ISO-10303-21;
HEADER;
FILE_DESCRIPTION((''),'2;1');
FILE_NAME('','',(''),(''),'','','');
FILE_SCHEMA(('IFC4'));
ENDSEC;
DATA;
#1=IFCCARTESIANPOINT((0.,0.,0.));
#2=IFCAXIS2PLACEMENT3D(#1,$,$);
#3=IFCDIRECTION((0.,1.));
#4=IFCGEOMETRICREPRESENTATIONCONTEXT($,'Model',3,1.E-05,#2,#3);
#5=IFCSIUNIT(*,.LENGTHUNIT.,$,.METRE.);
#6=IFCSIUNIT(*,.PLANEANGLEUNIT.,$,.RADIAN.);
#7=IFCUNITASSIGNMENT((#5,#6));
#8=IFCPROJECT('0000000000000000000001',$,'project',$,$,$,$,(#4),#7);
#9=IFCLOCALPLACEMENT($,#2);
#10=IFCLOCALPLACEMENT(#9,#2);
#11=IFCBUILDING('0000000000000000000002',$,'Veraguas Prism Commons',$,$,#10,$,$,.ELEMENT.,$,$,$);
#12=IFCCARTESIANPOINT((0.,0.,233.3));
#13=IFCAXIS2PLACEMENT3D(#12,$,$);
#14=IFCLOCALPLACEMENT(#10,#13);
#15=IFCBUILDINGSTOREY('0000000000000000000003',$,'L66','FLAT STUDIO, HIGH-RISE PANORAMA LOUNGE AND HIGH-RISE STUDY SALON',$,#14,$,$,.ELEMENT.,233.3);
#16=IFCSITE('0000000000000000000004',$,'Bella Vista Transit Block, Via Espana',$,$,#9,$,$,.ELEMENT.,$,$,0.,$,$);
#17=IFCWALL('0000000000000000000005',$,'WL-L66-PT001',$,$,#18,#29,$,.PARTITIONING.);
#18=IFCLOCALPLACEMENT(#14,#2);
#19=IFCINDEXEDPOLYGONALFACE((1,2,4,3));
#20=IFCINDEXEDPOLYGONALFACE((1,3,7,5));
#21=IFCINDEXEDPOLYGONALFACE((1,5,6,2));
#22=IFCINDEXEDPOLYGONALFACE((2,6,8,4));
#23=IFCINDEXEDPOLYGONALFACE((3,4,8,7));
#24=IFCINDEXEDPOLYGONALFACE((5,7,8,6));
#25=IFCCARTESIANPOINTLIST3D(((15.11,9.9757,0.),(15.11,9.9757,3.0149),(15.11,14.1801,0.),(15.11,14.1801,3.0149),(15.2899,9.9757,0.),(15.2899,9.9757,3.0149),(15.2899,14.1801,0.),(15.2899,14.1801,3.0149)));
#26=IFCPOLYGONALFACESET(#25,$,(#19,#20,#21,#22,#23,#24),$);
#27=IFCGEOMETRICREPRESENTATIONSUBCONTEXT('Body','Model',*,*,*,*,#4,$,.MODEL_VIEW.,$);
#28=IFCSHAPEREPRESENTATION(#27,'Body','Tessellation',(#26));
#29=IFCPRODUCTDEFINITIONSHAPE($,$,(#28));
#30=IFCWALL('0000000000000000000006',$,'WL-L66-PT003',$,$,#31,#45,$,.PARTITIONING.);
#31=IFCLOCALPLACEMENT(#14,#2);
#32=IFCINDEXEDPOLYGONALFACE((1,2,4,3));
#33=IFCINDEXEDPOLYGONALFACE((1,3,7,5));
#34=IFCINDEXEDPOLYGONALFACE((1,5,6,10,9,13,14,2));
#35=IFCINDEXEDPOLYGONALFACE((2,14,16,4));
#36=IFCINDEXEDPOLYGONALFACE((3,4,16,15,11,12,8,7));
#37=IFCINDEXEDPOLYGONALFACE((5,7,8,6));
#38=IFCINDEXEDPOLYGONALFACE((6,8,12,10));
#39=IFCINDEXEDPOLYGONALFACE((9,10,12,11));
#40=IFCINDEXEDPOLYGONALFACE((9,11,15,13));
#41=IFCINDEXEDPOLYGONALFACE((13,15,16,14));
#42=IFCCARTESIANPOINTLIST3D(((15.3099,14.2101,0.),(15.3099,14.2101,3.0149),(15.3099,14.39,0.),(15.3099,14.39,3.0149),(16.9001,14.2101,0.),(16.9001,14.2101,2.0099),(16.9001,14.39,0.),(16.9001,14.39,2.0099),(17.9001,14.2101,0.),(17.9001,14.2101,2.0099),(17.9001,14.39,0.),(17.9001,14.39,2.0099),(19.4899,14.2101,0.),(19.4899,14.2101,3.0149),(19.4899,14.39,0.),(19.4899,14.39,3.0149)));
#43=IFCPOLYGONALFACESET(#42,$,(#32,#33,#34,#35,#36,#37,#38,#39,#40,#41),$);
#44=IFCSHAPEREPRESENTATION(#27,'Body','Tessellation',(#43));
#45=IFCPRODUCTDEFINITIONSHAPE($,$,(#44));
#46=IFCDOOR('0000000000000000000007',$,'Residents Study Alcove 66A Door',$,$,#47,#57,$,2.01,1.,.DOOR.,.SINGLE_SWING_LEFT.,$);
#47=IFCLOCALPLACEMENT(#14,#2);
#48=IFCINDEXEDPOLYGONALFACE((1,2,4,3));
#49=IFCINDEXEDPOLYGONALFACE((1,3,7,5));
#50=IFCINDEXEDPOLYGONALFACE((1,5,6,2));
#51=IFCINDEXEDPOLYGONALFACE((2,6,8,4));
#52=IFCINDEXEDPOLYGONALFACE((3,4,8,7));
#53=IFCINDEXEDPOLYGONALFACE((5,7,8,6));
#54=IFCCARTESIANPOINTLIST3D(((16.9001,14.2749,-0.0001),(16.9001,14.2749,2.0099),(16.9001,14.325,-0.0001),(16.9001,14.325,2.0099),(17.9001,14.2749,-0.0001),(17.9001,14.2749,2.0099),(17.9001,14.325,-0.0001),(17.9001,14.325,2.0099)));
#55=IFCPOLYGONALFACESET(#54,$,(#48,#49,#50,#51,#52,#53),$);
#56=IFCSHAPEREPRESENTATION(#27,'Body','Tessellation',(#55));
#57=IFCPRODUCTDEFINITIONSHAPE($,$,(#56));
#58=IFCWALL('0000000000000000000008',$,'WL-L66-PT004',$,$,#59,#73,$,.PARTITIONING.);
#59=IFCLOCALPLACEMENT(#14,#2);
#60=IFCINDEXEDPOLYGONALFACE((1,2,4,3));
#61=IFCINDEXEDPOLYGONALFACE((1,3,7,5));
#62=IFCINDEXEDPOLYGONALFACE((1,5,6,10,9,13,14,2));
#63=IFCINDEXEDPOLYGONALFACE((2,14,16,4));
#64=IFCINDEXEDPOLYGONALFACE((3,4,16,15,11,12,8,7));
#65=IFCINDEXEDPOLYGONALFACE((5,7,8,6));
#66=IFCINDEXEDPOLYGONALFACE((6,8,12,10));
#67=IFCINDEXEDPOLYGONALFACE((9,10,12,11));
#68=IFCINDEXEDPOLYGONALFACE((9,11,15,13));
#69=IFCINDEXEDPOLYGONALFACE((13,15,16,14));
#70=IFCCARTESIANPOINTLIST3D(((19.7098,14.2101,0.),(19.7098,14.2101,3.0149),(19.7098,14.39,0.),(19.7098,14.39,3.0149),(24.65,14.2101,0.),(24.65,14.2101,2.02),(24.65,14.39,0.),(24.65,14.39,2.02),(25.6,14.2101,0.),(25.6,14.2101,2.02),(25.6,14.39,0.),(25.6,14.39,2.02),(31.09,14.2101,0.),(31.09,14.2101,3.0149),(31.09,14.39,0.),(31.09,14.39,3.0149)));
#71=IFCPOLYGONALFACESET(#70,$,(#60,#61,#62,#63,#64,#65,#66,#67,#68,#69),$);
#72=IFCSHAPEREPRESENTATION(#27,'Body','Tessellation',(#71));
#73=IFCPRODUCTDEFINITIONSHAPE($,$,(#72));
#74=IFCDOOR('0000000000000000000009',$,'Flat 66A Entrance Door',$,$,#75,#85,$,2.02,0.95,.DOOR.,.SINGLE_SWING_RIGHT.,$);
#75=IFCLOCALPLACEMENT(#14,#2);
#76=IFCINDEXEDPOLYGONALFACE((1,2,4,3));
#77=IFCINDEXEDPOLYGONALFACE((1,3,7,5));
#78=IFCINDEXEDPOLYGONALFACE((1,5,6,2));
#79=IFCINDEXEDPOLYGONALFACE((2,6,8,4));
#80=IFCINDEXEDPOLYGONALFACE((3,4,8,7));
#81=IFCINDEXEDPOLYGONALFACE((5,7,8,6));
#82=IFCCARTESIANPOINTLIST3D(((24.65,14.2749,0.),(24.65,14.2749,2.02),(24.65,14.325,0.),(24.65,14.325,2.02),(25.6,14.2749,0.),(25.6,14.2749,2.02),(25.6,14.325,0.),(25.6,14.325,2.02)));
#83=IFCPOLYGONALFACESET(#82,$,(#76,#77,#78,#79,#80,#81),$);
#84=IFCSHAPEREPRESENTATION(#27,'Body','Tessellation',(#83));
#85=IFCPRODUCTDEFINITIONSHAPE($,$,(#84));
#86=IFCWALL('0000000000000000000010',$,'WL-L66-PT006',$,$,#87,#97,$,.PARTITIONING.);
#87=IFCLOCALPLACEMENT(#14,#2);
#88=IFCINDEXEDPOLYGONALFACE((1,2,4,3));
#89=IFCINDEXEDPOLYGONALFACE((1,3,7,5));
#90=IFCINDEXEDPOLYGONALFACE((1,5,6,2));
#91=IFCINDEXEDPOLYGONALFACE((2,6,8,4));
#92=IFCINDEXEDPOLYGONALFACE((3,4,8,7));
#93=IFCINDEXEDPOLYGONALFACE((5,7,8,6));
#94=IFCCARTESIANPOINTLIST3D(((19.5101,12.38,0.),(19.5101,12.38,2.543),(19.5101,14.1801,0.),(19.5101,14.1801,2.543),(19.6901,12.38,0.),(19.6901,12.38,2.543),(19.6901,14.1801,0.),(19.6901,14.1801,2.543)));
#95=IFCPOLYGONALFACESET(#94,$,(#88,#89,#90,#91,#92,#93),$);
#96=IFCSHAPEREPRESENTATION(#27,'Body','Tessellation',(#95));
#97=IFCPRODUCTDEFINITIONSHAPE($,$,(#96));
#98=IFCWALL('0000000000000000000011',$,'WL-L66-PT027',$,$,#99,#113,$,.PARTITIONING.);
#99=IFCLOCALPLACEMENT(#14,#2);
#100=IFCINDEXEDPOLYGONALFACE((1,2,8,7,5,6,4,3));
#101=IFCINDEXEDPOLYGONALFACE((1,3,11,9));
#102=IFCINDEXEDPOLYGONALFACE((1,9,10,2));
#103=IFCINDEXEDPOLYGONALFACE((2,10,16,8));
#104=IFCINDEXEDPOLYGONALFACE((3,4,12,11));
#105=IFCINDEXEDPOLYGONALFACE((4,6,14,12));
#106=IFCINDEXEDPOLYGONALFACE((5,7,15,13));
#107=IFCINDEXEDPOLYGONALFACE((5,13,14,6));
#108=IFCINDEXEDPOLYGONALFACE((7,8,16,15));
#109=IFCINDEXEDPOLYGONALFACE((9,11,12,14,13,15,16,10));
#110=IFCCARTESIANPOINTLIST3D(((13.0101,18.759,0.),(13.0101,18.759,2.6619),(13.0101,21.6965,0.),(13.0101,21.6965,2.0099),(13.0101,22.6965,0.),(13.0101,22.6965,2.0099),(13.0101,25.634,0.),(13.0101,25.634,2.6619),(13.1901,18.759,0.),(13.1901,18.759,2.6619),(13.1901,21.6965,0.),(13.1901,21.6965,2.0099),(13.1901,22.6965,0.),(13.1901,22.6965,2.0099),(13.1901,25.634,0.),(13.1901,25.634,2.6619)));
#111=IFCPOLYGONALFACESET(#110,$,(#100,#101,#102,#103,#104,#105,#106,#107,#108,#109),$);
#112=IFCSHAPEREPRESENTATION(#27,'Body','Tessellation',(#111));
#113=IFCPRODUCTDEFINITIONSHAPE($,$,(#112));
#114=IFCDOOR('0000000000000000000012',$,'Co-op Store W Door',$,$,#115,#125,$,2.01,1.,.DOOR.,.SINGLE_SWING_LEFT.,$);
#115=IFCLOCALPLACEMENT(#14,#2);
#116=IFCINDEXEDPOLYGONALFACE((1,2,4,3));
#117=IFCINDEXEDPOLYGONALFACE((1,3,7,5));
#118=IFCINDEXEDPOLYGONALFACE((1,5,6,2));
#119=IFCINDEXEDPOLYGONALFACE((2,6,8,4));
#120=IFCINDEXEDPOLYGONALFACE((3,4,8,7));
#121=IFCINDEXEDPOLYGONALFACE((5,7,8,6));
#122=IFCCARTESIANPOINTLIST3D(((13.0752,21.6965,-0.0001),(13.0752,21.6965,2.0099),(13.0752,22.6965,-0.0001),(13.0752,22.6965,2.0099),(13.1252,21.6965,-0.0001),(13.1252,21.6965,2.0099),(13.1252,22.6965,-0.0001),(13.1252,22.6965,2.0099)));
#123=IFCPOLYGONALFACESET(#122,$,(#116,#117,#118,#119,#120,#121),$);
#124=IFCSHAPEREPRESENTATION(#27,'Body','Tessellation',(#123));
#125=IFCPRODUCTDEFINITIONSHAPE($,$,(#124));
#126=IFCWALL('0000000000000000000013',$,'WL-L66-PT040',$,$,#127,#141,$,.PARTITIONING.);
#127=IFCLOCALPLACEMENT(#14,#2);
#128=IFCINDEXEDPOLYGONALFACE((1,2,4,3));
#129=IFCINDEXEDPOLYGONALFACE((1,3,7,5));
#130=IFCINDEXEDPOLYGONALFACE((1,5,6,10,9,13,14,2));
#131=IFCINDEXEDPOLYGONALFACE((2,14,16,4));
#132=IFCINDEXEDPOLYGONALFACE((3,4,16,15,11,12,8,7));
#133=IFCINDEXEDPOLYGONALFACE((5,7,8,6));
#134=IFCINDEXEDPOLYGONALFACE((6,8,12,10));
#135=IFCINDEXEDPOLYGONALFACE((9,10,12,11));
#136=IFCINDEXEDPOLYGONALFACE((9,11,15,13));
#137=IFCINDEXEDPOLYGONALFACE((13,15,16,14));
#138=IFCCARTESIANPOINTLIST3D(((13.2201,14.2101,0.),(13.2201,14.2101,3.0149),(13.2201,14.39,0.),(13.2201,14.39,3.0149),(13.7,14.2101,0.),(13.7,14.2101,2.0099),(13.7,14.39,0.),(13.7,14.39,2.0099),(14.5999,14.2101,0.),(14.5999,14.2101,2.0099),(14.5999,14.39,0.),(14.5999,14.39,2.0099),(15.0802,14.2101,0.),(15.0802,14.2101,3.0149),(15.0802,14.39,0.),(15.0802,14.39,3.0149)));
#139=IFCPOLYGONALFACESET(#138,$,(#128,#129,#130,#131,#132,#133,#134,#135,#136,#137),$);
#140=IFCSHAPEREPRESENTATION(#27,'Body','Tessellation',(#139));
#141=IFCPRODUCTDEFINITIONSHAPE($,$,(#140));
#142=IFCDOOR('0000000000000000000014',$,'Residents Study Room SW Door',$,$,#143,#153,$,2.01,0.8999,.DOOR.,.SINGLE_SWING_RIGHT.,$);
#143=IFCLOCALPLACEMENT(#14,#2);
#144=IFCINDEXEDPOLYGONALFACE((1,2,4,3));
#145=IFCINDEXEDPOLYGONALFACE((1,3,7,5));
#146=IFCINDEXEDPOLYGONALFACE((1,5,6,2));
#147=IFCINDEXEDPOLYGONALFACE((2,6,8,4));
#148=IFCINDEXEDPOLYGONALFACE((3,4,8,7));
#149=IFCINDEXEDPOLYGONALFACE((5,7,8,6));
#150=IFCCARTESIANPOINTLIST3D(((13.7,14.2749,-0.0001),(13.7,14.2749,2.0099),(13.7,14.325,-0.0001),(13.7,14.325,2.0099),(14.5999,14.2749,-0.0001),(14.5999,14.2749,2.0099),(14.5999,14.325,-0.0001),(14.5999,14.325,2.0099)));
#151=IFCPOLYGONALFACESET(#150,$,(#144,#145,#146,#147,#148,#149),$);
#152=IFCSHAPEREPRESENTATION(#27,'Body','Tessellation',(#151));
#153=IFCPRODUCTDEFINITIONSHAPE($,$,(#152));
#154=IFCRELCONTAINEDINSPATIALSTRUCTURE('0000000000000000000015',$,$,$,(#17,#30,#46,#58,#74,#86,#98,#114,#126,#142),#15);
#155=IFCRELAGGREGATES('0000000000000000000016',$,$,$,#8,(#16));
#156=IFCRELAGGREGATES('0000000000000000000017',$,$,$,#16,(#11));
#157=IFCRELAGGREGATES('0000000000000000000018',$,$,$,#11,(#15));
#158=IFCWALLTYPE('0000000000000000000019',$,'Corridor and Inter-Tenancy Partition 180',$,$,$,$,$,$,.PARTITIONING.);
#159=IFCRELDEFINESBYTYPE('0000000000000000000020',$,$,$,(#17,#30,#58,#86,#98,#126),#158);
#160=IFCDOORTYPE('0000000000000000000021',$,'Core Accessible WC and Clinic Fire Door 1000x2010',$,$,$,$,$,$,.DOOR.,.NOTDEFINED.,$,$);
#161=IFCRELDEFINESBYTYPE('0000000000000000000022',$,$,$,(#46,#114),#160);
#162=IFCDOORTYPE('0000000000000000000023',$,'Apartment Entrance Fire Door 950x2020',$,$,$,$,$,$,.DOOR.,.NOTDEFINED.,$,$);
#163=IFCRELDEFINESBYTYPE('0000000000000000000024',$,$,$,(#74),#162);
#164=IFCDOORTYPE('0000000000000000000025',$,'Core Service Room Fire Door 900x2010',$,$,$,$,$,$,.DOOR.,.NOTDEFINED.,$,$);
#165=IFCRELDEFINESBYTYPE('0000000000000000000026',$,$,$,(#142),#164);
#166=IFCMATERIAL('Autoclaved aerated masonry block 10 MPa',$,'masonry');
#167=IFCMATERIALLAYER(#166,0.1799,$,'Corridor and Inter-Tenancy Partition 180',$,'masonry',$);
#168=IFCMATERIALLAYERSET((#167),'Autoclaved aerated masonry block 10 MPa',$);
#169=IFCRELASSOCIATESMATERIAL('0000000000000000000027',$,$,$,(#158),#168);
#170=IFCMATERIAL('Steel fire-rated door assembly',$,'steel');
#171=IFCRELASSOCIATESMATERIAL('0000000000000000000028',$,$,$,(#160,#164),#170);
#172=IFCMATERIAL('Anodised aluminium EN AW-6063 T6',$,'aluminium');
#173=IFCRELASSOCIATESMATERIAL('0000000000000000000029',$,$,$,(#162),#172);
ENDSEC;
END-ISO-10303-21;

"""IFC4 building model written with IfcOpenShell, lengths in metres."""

from ifc_helpers import new_model, si_unit, direction, frame, frame_2d, origin, place, context, subcontext, project, spatial, rectangle, extrude, source, transform, mapped, material, layer, layer_set, type_object, element, fill, save


model = new_model("IFC4")

# Units and contexts
model_context = context("Model", 3, precision=1e-05, world=origin(), true_north=direction((0.0, 1.0)))
body_context = subcontext(model_context, "Body", "Model", "MODEL_VIEW")
ifc_project = project(units=[si_unit("LENGTHUNIT", "METRE"), si_unit("PLANEANGLEUNIT", "RADIAN")], contexts=[model_context])

# Site, building, storey
site_placement = place(None, origin())
site = spatial("IfcSite", under=ifc_project, at=site_placement, Name="Bella Vista Transit Block, Via Espana", CompositionType="ELEMENT", RefElevation=0.0)
building_placement = place(site_placement, origin())
building = spatial("IfcBuilding", under=site, at=building_placement, Name="Veraguas Prism Commons", CompositionType="ELEMENT")
storey_placement = place(building_placement, frame((0.0, 0.0, 233.3)))
storey = spatial("IfcBuildingStorey", under=building, at=storey_placement, Name="L66", Description="FLAT STUDIO, HIGH-RISE PANORAMA LOUNGE AND HIGH-RISE STUDY SALON", CompositionType="ELEMENT", Elevation=233.3)

# Shared definitions
ifc_material_1 = material(Name="Steel fire-rated door assembly", Category="steel")

# Wall
ifc_material_2 = material(Name="Autoclaved aerated masonry block 10 MPa", Category="masonry")
ifc_layer_1 = layer(ifc_material_2, 0.1799, Name="Corridor and Inter-Tenancy Partition 180", Category="masonry")
ifc_layer_set_1 = layer_set([ifc_layer_1], Name="Autoclaved aerated masonry block 10 MPa")
wall_type_1 = type_object("IfcWallType", Name="Corridor and Inter-Tenancy Partition 180", PredefinedType="PARTITIONING", material=ifc_layer_set_1)
wall_1_placement = place(storey_placement, frame((15.2, 14.1799, 0.0), z_axis=(0.0, 0.0, 1.0), x_axis=(0.0, -1.0, 0.0)))
element("IfcWall", 1, at=wall_1_placement, inside=storey, type_object=wall_type_1, Name="WL-L66-PT001", PredefinedType="PARTITIONING", context=body_context, shape_type="SweptSolid", body=[
    extrude(rectangle(XDim=4.2043, YDim=0.1799, at=frame_2d((2.1021, 0.0))), origin(), (0.0, 0.0, 1.0), 3.0149),
])

# Walls, openings, doors
wall_2_placement = place(storey_placement, frame((15.3101, 14.3, 0.0), z_axis=(0.0, 0.0, 1.0), x_axis=(1.0, 0.0, 0.0)))
wall_2 = element("IfcWall", 2, at=wall_2_placement, inside=storey, type_object=wall_type_1, Name="WL-L66-PT003", PredefinedType="PARTITIONING", context=body_context, shape_type="SweptSolid", body=[
    extrude(rectangle(XDim=4.1799, YDim=0.1799, at=frame_2d((2.0898, 0.0))), origin(), (0.0, 0.0, 1.0), 3.0149),
])
opening_1_placement = place(wall_2_placement, frame((1.5901, 0.0, 0.0)))
opening_1 = element("IfcOpeningElement", 3, at=opening_1_placement, cuts=wall_2, PredefinedType="OPENING", context=body_context, shape_type="SweptSolid", body=[
    extrude(rectangle(XDim=1.0, YDim=2.01, at=frame_2d((0.5, 1.0049))), frame((0.0, 0.0999, 0.0), z_axis=(0.0, -1.0, 0.0), x_axis=(1.0, 0.0, 0.0)), (0.0, 0.0, 1.0), 0.2),
])
door_type_1 = type_object("IfcDoorType", Name="Core Accessible WC and Clinic Fire Door 1000x2010", OperationType="NOTDEFINED", PredefinedType="DOOR", material=ifc_material_1)
shared_shape_1 = source(origin(), body_context, "Body", "SweptSolid", [
    extrude(rectangle(XDim=1.0, YDim=2.01, at=frame_2d((0.5, 1.0049))), frame((0.0, 0.0249, 0.0), z_axis=(0.0, -1.0, 0.0), x_axis=(1.0, 0.0, 0.0)), (0.0, 0.0, 1.0), 0.05),
])
door_1_placement = place(opening_1_placement, origin())
door_1 = element("IfcDoor", 4, at=door_1_placement, inside=storey, type_object=door_type_1, Name="Residents Study Alcove 66A Door", OperationType="SINGLE_SWING_LEFT", OverallHeight=2.01, OverallWidth=1.0, PredefinedType="DOOR", context=body_context, shape_type="MappedRepresentation", body=[
    mapped(shared_shape_1, transform((0.0, 0.0, 0.0), scale=1.0)),
])
fill(opening_1, door_1)
wall_3_placement = place(storey_placement, frame((19.71, 14.3, 0.0), z_axis=(0.0, 0.0, 1.0), x_axis=(1.0, 0.0, 0.0)))
wall_3 = element("IfcWall", 5, at=wall_3_placement, inside=storey, type_object=wall_type_1, Name="WL-L66-PT004", PredefinedType="PARTITIONING", context=body_context, shape_type="SweptSolid", body=[
    extrude(rectangle(XDim=11.3801, YDim=0.1799, at=frame_2d((5.6899, 0.0))), origin(), (0.0, 0.0, 1.0), 3.0149),
])
opening_2_placement = place(wall_3_placement, frame((4.9399, 0.0, 0.0)))
opening_2 = element("IfcOpeningElement", 6, at=opening_2_placement, cuts=wall_3, PredefinedType="OPENING", context=body_context, shape_type="SweptSolid", body=[
    extrude(rectangle(XDim=0.95, YDim=2.02, at=frame_2d((0.4751, 1.01))), frame((0.0, 0.0999, 0.0), z_axis=(0.0, -1.0, 0.0), x_axis=(1.0, 0.0, 0.0)), (0.0, 0.0, 1.0), 0.2),
])
ifc_material_3 = material(Name="Anodised aluminium EN AW-6063 T6", Category="aluminium")
door_type_2 = type_object("IfcDoorType", Name="Apartment Entrance Fire Door 950x2020", OperationType="NOTDEFINED", PredefinedType="DOOR", material=ifc_material_3)
shared_shape_2 = source(origin(), body_context, "Body", "SweptSolid", [
    extrude(rectangle(XDim=0.95, YDim=2.02, at=frame_2d((0.4751, 1.01))), frame((0.0, 0.0249, 0.0), z_axis=(0.0, -1.0, 0.0), x_axis=(1.0, 0.0, 0.0)), (0.0, 0.0, 1.0), 0.05),
])
door_2_placement = place(opening_2_placement, origin())
door_2 = element("IfcDoor", 7, at=door_2_placement, inside=storey, type_object=door_type_2, Name="Flat 66A Entrance Door", OperationType="SINGLE_SWING_RIGHT", OverallHeight=2.02, OverallWidth=0.95, PredefinedType="DOOR", context=body_context, shape_type="MappedRepresentation", body=[
    mapped(shared_shape_2, transform((0.0, 0.0, 0.0), scale=1.0)),
])
fill(opening_2, door_2)

# Wall
wall_4_placement = place(storey_placement, frame((19.6001, 14.1799, 0.0), z_axis=(0.0, 0.0, 1.0), x_axis=(0.0, -1.0, 0.0)))
element("IfcWall", 8, at=wall_4_placement, inside=storey, type_object=wall_type_1, Name="WL-L66-PT006", PredefinedType="PARTITIONING", context=body_context, shape_type="SweptSolid", body=[
    extrude(rectangle(XDim=1.8, YDim=0.1799, at=frame_2d((0.8999, 0.0))), origin(), (0.0, 0.0, 1.0), 2.543),
])

# Walls, openings, doors
wall_5_placement = place(storey_placement, frame((13.1001, 18.759, 0.0), z_axis=(0.0, 0.0, 1.0), x_axis=(0.0, 1.0, 0.0)))
wall_5 = element("IfcWall", 9, at=wall_5_placement, inside=storey, type_object=wall_type_1, Name="WL-L66-PT027", PredefinedType="PARTITIONING", context=body_context, shape_type="SweptSolid", body=[
    extrude(rectangle(XDim=6.875, YDim=0.1799, at=frame_2d((3.4375, 0.0))), origin(), (0.0, 0.0, 1.0), 2.6619),
])
opening_3_placement = place(wall_5_placement, frame((2.9375, 0.0, 0.0)))
opening_3 = element("IfcOpeningElement", 10, at=opening_3_placement, cuts=wall_5, PredefinedType="OPENING", context=body_context, shape_type="SweptSolid", body=[
    extrude(rectangle(XDim=1.0, YDim=2.01, at=frame_2d((0.5, 1.0049))), frame((0.0, 0.0999, 0.0), z_axis=(0.0, -1.0, 0.0), x_axis=(1.0, 0.0, 0.0)), (0.0, 0.0, 1.0), 0.2),
])
door_3_placement = place(opening_3_placement, origin())
door_3 = element("IfcDoor", 11, at=door_3_placement, inside=storey, type_object=door_type_1, Name="Co-op Store W Door", OperationType="SINGLE_SWING_LEFT", OverallHeight=2.01, OverallWidth=1.0, PredefinedType="DOOR", context=body_context, shape_type="MappedRepresentation", body=[
    mapped(shared_shape_1, transform((0.0, 0.0, 0.0), scale=1.0)),
])
fill(opening_3, door_3)
wall_6_placement = place(storey_placement, frame((13.22, 14.3, 0.0), z_axis=(0.0, 0.0, 1.0), x_axis=(1.0, 0.0, 0.0)))
wall_6 = element("IfcWall", 12, at=wall_6_placement, inside=storey, type_object=wall_type_1, Name="WL-L66-PT040", PredefinedType="PARTITIONING", context=body_context, shape_type="SweptSolid", body=[
    extrude(rectangle(XDim=1.8601, YDim=0.1799, at=frame_2d((0.9302, 0.0))), origin(), (0.0, 0.0, 1.0), 3.0149),
])
opening_4_placement = place(wall_6_placement, frame((0.48, 0.0, 0.0)))
opening_4 = element("IfcOpeningElement", 13, at=opening_4_placement, cuts=wall_6, PredefinedType="OPENING", context=body_context, shape_type="SweptSolid", body=[
    extrude(rectangle(XDim=0.8999, YDim=2.01, at=frame_2d((0.45, 1.0049))), frame((0.0, 0.0999, 0.0), z_axis=(0.0, -1.0, 0.0), x_axis=(1.0, 0.0, 0.0)), (0.0, 0.0, 1.0), 0.2),
])
door_type_3 = type_object("IfcDoorType", Name="Core Service Room Fire Door 900x2010", OperationType="NOTDEFINED", PredefinedType="DOOR", material=ifc_material_1)
shared_shape_3 = source(origin(), body_context, "Body", "SweptSolid", [
    extrude(rectangle(XDim=0.8999, YDim=2.01, at=frame_2d((0.45, 1.0049))), frame((0.0, 0.0249, 0.0), z_axis=(0.0, -1.0, 0.0), x_axis=(1.0, 0.0, 0.0)), (0.0, 0.0, 1.0), 0.05),
])
door_4_placement = place(opening_4_placement, origin())
door_4 = element("IfcDoor", 14, at=door_4_placement, inside=storey, type_object=door_type_3, Name="Residents Study Room SW Door", OperationType="SINGLE_SWING_RIGHT", OverallHeight=2.01, OverallWidth=0.8999, PredefinedType="DOOR", context=body_context, shape_type="MappedRepresentation", body=[
    mapped(shared_shape_3, transform((0.0, 0.0, 0.0), scale=1.0)),
])
fill(opening_4, door_4)

save(model, "model.ifc")
